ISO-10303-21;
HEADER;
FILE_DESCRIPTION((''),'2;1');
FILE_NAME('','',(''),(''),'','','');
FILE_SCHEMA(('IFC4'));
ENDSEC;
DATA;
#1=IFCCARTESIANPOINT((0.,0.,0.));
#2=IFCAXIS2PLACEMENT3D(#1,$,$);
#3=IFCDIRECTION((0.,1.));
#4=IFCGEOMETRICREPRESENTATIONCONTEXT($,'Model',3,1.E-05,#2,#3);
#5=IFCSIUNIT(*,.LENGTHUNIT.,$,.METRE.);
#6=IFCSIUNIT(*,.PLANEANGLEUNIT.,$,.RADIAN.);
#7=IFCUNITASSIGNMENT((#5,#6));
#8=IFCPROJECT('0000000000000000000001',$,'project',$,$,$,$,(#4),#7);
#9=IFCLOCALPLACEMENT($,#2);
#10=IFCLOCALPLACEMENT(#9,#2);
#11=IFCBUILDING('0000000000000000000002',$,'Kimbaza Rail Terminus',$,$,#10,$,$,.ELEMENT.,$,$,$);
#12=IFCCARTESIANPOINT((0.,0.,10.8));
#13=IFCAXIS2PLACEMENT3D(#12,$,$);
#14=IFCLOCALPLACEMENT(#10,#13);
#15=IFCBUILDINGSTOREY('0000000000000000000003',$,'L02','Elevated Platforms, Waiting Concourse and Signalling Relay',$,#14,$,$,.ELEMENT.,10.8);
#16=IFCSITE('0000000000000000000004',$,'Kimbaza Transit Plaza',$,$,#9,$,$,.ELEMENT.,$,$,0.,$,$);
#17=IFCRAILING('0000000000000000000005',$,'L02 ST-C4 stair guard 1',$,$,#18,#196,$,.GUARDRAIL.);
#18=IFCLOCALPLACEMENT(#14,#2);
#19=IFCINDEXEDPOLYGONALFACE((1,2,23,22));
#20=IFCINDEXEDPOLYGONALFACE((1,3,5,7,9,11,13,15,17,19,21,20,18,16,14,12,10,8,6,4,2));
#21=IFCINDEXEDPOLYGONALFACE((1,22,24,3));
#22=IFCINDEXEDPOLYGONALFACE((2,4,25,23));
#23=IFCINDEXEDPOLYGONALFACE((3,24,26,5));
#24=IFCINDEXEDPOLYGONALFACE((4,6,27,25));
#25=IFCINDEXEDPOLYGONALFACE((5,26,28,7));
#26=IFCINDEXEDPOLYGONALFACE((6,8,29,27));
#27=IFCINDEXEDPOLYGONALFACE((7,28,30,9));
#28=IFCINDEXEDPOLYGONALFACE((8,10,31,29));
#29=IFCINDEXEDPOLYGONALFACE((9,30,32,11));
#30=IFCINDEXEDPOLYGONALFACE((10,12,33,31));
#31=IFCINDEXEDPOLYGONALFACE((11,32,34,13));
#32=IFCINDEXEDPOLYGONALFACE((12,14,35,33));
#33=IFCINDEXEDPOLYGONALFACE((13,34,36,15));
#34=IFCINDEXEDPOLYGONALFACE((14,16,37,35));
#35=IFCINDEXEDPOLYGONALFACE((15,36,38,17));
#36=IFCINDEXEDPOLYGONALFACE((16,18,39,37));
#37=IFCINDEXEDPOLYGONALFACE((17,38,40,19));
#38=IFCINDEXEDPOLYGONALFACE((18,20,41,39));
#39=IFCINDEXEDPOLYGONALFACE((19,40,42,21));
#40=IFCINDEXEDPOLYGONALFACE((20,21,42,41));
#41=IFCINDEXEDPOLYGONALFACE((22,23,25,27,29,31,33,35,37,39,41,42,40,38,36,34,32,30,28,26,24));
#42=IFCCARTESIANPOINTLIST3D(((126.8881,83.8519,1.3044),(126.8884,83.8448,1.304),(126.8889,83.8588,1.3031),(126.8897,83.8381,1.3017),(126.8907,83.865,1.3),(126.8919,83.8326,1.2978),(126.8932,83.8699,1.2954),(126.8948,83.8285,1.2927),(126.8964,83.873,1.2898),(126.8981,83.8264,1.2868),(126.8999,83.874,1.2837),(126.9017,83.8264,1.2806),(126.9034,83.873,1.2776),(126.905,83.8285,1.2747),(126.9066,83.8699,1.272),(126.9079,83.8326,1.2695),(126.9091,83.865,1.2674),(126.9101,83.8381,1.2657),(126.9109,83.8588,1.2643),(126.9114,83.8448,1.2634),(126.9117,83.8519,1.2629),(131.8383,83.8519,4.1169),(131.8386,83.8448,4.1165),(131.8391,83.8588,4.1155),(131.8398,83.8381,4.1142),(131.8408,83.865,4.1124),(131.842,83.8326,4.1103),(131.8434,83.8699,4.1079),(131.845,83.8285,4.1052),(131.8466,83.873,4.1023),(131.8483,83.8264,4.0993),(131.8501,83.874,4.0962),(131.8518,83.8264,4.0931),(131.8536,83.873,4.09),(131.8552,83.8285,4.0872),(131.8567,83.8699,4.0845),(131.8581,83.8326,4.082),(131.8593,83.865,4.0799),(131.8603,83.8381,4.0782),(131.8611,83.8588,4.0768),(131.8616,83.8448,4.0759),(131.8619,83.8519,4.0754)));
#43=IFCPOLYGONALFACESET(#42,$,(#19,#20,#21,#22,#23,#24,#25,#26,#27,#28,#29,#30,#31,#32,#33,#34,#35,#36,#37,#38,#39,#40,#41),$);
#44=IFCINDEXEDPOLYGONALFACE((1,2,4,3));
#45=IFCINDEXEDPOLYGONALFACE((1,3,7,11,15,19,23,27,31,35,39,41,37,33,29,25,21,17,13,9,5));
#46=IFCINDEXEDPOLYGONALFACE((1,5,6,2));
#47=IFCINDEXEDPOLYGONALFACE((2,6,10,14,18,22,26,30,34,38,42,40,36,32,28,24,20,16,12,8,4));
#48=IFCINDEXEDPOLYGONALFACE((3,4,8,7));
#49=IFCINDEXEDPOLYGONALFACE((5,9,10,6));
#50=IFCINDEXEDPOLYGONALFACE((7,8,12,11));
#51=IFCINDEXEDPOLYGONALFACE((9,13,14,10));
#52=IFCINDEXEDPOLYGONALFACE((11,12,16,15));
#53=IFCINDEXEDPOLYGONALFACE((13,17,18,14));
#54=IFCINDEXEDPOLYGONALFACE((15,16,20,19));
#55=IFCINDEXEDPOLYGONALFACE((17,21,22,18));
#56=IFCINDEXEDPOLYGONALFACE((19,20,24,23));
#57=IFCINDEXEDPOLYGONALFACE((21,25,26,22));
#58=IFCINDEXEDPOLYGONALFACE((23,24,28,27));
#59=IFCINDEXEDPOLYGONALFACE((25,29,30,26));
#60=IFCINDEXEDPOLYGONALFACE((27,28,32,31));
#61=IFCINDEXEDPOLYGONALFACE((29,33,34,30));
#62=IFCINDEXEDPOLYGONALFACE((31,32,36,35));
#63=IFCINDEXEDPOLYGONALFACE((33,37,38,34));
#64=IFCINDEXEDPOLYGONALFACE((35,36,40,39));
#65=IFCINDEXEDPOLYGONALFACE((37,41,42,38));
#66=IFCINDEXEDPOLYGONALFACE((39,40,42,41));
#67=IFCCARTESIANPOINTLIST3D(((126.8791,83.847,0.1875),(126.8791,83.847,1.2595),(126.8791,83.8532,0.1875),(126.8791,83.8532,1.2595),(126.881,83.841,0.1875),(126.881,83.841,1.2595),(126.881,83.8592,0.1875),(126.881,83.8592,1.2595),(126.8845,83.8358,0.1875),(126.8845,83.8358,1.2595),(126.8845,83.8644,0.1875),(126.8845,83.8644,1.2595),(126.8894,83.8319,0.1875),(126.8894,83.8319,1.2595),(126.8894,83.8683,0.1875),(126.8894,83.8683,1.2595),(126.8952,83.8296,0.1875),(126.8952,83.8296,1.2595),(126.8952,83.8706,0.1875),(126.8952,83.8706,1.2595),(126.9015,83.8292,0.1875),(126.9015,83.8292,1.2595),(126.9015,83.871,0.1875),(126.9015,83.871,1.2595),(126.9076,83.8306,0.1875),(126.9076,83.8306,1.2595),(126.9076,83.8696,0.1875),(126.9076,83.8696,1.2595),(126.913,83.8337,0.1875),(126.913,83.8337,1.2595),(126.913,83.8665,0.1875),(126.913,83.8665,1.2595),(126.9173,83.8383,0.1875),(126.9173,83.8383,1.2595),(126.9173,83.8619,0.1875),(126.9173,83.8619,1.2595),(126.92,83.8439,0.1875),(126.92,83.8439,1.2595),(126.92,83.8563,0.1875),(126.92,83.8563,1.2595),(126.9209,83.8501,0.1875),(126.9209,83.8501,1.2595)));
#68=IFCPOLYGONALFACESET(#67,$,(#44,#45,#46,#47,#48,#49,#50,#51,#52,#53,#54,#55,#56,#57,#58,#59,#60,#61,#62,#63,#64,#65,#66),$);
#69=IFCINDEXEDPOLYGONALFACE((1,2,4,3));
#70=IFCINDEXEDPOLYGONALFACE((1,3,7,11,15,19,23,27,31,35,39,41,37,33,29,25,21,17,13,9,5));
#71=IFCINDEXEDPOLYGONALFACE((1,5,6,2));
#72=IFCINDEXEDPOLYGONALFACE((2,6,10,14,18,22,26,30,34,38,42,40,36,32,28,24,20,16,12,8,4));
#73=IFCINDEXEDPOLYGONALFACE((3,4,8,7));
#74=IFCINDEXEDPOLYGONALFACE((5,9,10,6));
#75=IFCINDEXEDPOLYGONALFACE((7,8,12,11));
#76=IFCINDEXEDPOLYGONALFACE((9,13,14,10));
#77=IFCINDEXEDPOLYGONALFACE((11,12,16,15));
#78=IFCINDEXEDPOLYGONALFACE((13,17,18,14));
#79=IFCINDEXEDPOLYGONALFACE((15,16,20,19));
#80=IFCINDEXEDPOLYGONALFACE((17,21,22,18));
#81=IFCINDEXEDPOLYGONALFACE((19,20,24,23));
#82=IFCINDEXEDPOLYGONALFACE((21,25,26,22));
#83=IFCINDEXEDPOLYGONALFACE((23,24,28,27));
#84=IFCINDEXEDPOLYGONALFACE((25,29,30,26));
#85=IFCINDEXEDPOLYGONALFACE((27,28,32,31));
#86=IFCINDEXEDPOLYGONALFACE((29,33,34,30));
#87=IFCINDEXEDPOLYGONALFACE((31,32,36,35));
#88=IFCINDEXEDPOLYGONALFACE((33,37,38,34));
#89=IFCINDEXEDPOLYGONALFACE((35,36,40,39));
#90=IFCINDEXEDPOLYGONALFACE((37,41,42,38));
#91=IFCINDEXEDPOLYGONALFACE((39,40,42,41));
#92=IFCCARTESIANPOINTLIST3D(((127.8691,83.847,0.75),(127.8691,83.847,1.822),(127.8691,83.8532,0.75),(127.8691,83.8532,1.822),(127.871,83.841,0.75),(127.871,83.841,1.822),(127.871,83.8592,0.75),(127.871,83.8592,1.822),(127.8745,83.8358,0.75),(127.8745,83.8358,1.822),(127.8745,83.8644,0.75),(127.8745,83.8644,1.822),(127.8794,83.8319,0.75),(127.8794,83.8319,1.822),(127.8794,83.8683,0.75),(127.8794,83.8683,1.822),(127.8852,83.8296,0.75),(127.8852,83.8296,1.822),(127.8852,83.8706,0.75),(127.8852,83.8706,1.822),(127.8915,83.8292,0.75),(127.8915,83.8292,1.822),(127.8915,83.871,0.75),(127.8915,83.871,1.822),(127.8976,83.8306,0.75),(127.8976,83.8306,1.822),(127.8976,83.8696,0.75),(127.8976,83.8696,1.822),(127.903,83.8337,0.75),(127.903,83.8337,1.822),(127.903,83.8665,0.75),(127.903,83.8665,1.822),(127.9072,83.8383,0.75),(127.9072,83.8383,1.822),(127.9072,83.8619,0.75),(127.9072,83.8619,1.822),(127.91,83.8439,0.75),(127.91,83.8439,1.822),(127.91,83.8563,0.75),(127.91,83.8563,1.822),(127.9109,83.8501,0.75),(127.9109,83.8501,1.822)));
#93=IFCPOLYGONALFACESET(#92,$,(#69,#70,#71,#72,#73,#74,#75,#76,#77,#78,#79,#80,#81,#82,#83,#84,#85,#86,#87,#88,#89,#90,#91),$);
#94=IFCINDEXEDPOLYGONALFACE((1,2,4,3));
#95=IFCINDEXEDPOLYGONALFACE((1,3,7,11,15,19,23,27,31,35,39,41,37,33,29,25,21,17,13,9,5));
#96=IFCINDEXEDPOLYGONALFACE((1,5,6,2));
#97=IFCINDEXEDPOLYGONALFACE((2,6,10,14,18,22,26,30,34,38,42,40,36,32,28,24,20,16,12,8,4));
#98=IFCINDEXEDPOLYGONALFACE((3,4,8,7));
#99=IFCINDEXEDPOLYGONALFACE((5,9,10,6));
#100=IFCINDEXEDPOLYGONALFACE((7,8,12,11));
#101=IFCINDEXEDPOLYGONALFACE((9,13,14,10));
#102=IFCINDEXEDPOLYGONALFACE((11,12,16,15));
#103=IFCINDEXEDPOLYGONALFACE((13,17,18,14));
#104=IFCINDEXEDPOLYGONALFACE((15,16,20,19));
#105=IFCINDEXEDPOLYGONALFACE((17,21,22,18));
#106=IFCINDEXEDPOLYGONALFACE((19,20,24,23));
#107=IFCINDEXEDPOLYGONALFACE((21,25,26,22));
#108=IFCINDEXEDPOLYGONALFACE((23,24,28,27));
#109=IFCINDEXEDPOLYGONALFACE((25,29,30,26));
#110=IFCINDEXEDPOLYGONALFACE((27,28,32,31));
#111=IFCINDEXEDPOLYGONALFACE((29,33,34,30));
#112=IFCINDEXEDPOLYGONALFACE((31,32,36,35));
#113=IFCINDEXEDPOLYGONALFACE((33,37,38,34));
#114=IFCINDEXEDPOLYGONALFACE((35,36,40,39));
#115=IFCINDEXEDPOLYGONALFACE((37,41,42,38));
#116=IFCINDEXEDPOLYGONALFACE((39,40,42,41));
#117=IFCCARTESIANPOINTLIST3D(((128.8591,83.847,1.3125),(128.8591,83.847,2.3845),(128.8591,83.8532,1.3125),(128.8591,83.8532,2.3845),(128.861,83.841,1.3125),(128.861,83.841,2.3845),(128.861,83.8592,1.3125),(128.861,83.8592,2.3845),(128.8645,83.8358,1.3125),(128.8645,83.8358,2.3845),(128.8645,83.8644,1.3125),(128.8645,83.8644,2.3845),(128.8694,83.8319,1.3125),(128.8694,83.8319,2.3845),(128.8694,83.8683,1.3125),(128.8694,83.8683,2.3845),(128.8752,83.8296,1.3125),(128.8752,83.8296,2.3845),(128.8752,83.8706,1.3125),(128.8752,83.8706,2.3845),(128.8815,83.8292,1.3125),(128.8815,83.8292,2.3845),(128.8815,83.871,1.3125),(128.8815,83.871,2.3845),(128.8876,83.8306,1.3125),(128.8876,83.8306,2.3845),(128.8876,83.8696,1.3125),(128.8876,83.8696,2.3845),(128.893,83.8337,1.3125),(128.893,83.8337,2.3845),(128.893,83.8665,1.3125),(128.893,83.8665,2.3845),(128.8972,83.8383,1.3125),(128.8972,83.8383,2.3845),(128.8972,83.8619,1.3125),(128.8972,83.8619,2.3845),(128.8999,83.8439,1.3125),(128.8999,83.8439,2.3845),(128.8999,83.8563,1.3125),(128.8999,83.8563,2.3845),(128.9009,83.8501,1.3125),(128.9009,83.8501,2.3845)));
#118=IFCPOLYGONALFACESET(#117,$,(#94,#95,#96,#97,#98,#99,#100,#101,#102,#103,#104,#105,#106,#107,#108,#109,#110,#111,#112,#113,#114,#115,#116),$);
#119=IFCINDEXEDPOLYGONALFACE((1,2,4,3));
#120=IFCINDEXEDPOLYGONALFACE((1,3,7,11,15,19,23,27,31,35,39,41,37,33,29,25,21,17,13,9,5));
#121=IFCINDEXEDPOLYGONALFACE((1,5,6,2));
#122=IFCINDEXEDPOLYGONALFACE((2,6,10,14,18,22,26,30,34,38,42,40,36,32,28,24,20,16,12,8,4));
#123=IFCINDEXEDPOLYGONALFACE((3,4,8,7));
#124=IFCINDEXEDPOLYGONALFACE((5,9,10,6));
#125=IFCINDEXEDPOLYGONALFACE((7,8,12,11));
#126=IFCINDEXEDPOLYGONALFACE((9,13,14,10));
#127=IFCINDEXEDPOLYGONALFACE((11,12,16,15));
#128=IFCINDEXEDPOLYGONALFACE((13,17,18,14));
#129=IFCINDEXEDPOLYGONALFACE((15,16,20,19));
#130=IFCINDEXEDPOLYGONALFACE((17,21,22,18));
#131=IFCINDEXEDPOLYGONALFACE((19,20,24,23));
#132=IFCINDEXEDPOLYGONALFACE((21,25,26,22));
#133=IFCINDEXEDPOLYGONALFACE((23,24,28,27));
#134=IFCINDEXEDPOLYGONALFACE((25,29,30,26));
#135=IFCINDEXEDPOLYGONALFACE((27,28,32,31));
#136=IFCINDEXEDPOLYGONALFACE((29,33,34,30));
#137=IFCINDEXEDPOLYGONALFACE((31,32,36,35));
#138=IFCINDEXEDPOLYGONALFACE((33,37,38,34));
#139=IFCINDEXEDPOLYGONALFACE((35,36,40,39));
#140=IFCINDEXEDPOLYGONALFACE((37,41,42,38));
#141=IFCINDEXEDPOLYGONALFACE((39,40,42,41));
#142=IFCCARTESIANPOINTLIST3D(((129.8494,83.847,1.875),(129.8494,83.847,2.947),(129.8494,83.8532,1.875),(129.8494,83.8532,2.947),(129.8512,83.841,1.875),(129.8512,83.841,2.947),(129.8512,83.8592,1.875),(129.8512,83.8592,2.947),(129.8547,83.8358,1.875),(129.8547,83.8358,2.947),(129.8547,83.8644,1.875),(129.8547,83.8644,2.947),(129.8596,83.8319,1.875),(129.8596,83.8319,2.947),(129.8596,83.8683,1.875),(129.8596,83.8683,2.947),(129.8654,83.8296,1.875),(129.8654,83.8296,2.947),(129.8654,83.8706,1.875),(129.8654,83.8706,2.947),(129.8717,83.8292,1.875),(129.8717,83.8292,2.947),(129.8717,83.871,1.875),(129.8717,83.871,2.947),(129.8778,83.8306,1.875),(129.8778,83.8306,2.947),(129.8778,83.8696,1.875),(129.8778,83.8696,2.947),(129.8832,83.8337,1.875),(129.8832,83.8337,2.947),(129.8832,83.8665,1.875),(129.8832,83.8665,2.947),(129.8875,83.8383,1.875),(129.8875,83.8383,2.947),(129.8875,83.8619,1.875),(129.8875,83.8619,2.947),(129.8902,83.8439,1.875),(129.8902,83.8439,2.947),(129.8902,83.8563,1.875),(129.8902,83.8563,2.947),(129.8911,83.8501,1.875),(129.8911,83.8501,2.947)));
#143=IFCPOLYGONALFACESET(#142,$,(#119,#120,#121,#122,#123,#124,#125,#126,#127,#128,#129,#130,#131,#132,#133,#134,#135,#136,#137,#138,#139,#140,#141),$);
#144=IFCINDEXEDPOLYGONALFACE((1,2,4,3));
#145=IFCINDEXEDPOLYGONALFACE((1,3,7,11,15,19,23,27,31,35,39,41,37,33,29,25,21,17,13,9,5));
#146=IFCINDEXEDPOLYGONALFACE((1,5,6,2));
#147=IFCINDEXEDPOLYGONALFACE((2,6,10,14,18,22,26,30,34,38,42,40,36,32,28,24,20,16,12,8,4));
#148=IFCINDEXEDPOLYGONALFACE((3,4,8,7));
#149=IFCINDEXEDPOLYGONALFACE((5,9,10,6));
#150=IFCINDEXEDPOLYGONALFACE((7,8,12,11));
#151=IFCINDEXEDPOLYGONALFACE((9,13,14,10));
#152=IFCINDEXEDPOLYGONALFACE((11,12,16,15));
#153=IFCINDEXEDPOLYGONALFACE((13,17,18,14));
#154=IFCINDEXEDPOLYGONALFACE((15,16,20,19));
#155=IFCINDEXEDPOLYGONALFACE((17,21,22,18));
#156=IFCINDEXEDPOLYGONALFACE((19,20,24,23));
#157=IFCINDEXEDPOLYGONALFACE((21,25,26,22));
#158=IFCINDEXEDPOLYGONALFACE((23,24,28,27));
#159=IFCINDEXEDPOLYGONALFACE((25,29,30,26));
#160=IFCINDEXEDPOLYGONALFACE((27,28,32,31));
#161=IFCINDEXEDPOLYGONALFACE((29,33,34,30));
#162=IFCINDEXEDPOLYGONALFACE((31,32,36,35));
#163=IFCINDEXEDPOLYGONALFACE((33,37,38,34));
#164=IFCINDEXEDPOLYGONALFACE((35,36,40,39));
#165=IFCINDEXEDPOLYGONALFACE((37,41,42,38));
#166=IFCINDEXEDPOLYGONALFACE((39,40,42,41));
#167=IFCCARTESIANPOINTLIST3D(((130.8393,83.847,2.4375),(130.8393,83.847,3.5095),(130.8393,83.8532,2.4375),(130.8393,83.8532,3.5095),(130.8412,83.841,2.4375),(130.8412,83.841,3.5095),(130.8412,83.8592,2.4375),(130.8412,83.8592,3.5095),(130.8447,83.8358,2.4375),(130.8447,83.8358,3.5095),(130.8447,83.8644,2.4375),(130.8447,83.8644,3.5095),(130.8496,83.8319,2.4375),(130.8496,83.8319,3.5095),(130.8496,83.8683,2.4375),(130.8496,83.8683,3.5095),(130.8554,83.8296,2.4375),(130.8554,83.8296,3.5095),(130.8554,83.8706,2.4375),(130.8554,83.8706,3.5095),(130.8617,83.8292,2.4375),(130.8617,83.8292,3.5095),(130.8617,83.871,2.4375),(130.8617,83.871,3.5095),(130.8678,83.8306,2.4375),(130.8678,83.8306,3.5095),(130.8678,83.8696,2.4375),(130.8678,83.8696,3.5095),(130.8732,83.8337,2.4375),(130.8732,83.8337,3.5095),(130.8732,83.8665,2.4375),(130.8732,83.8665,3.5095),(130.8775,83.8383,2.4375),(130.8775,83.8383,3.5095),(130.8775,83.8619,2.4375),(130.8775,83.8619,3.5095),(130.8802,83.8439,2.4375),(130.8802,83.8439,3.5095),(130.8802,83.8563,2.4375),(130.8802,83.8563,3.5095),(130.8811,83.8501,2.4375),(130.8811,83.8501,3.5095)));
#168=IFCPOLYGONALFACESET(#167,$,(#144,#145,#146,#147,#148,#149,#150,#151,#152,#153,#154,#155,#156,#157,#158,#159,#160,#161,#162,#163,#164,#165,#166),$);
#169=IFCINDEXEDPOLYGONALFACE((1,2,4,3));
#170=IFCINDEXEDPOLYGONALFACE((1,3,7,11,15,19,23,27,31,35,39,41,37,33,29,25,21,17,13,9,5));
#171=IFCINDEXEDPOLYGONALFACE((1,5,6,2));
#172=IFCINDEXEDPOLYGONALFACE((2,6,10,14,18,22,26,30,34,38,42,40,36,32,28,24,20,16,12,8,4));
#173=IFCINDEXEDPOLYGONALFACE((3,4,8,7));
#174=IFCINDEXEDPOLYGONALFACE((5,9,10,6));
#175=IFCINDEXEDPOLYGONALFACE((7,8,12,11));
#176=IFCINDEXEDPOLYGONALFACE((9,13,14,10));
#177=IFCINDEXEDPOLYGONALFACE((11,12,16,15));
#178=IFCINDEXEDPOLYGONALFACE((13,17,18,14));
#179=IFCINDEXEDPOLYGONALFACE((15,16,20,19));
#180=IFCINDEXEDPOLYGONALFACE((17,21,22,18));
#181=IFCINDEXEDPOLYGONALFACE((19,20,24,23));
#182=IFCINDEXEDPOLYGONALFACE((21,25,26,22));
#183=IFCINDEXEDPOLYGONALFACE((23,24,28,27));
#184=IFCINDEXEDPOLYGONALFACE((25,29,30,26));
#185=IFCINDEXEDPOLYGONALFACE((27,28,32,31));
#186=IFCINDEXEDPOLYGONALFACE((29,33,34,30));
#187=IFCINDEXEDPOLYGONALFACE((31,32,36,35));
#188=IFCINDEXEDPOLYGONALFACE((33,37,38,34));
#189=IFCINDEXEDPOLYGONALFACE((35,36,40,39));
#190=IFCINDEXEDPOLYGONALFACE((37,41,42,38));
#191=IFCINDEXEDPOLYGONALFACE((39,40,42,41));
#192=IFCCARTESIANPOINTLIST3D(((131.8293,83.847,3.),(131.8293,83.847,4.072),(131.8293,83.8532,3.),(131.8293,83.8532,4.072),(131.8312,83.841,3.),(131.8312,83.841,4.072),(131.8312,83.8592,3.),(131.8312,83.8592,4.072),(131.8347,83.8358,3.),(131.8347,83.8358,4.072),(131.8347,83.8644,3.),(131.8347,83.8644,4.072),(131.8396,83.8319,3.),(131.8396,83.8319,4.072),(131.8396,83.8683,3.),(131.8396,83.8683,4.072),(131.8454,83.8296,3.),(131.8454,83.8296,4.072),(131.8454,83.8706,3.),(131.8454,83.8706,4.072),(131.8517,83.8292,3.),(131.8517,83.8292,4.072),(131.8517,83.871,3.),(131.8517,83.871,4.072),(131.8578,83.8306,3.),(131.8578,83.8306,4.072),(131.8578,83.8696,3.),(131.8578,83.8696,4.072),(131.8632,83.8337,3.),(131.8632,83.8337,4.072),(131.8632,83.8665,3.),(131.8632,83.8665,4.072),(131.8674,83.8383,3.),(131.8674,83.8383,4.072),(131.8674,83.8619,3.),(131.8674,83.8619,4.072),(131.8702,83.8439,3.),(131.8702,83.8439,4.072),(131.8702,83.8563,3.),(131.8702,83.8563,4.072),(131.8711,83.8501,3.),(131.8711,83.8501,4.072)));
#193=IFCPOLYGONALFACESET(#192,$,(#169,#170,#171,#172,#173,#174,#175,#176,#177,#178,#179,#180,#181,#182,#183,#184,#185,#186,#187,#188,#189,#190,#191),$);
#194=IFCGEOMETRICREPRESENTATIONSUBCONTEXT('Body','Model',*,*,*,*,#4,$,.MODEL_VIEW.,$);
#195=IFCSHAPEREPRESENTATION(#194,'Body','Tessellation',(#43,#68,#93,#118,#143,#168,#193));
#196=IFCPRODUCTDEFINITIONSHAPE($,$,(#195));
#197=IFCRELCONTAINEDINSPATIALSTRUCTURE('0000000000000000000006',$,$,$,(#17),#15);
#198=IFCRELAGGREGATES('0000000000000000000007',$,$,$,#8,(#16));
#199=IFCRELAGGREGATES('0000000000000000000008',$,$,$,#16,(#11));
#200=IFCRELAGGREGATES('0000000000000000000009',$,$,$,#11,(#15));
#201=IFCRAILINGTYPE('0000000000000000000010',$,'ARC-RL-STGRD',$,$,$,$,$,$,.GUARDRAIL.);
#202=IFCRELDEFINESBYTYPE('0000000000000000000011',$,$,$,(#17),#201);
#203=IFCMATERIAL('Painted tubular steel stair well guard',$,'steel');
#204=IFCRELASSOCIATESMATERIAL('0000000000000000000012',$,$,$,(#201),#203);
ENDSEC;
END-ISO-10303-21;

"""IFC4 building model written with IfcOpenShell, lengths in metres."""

from ifc_helpers import new_model, si_unit, direction, frame, origin, origin_2d, place, context, subcontext, project, spatial, circle, extrude, material, type_object, element, save


model = new_model("IFC4")

# Units and contexts
model_context = context("Model", 3, precision=1e-05, world=origin(), true_north=direction((0.0, 1.0)))
body_context = subcontext(model_context, "Body", "Model", "MODEL_VIEW")
ifc_project = project(units=[si_unit("LENGTHUNIT", "METRE"), si_unit("PLANEANGLEUNIT", "RADIAN")], contexts=[model_context])

# Site, building, storey
site_placement = place(None, origin())
site = spatial("IfcSite", under=ifc_project, at=site_placement, Name="Kimbaza Transit Plaza", CompositionType="ELEMENT", RefElevation=0.0)
building_placement = place(site_placement, origin())
building = spatial("IfcBuilding", under=site, at=building_placement, Name="Kimbaza Rail Terminus", CompositionType="ELEMENT")
storey_placement = place(building_placement, frame((0.0, 0.0, 10.8)))
storey = spatial("IfcBuildingStorey", under=building, at=storey_placement, Name="L02", Description="Elevated Platforms, Waiting Concourse and Signalling Relay", CompositionType="ELEMENT", Elevation=10.8)

# Railing
ifc_material_1 = material(Name="Painted tubular steel stair well guard", Category="steel")
railing_type_1 = type_object("IfcRailingType", Name="ARC-RL-STGRD", PredefinedType="GUARDRAIL", material=ifc_material_1)
railing_1_placement = place(storey_placement, frame((126.8999, 83.8501, 0.1875)))
element("IfcRailing", 1, at=railing_1_placement, inside=storey, type_object=railing_type_1, Name="L02 ST-C4 stair guard 1", PredefinedType="GUARDRAIL", context=body_context, shape_type="SweptSolid", body=[
    extrude(circle(Radius=0.0239, at=origin_2d()), frame((0.0, 0.0, 1.0962), z_axis=(0.869465, 0.0, 0.493995), x_axis=(0.0, 1.0, 0.0)), (0.0, 0.0, 1.0), 5.6934),
    extrude(circle(Radius=0.021, at=origin_2d()), origin(), (0.0, 0.0, 1.0), 1.072),
    extrude(circle(Radius=0.021, at=origin_2d()), frame((0.99, 0.0, 0.5625)), (0.0, 0.0, 1.0), 1.072),
    extrude(circle(Radius=0.021, at=origin_2d()), frame((1.98, 0.0, 1.125)), (0.0, 0.0, 1.0), 1.072),
    extrude(circle(Radius=0.021, at=origin_2d()), frame((2.9702, 0.0, 1.6875)), (0.0, 0.0, 1.0), 1.072),
    extrude(circle(Radius=0.021, at=origin_2d()), frame((3.9602, 0.0, 2.25)), (0.0, 0.0, 1.0), 1.072),
    extrude(circle(Radius=0.021, at=origin_2d()), frame((4.9502, 0.0, 2.8125)), (0.0, 0.0, 1.0), 1.072),
])

save(model, "model.ifc")
